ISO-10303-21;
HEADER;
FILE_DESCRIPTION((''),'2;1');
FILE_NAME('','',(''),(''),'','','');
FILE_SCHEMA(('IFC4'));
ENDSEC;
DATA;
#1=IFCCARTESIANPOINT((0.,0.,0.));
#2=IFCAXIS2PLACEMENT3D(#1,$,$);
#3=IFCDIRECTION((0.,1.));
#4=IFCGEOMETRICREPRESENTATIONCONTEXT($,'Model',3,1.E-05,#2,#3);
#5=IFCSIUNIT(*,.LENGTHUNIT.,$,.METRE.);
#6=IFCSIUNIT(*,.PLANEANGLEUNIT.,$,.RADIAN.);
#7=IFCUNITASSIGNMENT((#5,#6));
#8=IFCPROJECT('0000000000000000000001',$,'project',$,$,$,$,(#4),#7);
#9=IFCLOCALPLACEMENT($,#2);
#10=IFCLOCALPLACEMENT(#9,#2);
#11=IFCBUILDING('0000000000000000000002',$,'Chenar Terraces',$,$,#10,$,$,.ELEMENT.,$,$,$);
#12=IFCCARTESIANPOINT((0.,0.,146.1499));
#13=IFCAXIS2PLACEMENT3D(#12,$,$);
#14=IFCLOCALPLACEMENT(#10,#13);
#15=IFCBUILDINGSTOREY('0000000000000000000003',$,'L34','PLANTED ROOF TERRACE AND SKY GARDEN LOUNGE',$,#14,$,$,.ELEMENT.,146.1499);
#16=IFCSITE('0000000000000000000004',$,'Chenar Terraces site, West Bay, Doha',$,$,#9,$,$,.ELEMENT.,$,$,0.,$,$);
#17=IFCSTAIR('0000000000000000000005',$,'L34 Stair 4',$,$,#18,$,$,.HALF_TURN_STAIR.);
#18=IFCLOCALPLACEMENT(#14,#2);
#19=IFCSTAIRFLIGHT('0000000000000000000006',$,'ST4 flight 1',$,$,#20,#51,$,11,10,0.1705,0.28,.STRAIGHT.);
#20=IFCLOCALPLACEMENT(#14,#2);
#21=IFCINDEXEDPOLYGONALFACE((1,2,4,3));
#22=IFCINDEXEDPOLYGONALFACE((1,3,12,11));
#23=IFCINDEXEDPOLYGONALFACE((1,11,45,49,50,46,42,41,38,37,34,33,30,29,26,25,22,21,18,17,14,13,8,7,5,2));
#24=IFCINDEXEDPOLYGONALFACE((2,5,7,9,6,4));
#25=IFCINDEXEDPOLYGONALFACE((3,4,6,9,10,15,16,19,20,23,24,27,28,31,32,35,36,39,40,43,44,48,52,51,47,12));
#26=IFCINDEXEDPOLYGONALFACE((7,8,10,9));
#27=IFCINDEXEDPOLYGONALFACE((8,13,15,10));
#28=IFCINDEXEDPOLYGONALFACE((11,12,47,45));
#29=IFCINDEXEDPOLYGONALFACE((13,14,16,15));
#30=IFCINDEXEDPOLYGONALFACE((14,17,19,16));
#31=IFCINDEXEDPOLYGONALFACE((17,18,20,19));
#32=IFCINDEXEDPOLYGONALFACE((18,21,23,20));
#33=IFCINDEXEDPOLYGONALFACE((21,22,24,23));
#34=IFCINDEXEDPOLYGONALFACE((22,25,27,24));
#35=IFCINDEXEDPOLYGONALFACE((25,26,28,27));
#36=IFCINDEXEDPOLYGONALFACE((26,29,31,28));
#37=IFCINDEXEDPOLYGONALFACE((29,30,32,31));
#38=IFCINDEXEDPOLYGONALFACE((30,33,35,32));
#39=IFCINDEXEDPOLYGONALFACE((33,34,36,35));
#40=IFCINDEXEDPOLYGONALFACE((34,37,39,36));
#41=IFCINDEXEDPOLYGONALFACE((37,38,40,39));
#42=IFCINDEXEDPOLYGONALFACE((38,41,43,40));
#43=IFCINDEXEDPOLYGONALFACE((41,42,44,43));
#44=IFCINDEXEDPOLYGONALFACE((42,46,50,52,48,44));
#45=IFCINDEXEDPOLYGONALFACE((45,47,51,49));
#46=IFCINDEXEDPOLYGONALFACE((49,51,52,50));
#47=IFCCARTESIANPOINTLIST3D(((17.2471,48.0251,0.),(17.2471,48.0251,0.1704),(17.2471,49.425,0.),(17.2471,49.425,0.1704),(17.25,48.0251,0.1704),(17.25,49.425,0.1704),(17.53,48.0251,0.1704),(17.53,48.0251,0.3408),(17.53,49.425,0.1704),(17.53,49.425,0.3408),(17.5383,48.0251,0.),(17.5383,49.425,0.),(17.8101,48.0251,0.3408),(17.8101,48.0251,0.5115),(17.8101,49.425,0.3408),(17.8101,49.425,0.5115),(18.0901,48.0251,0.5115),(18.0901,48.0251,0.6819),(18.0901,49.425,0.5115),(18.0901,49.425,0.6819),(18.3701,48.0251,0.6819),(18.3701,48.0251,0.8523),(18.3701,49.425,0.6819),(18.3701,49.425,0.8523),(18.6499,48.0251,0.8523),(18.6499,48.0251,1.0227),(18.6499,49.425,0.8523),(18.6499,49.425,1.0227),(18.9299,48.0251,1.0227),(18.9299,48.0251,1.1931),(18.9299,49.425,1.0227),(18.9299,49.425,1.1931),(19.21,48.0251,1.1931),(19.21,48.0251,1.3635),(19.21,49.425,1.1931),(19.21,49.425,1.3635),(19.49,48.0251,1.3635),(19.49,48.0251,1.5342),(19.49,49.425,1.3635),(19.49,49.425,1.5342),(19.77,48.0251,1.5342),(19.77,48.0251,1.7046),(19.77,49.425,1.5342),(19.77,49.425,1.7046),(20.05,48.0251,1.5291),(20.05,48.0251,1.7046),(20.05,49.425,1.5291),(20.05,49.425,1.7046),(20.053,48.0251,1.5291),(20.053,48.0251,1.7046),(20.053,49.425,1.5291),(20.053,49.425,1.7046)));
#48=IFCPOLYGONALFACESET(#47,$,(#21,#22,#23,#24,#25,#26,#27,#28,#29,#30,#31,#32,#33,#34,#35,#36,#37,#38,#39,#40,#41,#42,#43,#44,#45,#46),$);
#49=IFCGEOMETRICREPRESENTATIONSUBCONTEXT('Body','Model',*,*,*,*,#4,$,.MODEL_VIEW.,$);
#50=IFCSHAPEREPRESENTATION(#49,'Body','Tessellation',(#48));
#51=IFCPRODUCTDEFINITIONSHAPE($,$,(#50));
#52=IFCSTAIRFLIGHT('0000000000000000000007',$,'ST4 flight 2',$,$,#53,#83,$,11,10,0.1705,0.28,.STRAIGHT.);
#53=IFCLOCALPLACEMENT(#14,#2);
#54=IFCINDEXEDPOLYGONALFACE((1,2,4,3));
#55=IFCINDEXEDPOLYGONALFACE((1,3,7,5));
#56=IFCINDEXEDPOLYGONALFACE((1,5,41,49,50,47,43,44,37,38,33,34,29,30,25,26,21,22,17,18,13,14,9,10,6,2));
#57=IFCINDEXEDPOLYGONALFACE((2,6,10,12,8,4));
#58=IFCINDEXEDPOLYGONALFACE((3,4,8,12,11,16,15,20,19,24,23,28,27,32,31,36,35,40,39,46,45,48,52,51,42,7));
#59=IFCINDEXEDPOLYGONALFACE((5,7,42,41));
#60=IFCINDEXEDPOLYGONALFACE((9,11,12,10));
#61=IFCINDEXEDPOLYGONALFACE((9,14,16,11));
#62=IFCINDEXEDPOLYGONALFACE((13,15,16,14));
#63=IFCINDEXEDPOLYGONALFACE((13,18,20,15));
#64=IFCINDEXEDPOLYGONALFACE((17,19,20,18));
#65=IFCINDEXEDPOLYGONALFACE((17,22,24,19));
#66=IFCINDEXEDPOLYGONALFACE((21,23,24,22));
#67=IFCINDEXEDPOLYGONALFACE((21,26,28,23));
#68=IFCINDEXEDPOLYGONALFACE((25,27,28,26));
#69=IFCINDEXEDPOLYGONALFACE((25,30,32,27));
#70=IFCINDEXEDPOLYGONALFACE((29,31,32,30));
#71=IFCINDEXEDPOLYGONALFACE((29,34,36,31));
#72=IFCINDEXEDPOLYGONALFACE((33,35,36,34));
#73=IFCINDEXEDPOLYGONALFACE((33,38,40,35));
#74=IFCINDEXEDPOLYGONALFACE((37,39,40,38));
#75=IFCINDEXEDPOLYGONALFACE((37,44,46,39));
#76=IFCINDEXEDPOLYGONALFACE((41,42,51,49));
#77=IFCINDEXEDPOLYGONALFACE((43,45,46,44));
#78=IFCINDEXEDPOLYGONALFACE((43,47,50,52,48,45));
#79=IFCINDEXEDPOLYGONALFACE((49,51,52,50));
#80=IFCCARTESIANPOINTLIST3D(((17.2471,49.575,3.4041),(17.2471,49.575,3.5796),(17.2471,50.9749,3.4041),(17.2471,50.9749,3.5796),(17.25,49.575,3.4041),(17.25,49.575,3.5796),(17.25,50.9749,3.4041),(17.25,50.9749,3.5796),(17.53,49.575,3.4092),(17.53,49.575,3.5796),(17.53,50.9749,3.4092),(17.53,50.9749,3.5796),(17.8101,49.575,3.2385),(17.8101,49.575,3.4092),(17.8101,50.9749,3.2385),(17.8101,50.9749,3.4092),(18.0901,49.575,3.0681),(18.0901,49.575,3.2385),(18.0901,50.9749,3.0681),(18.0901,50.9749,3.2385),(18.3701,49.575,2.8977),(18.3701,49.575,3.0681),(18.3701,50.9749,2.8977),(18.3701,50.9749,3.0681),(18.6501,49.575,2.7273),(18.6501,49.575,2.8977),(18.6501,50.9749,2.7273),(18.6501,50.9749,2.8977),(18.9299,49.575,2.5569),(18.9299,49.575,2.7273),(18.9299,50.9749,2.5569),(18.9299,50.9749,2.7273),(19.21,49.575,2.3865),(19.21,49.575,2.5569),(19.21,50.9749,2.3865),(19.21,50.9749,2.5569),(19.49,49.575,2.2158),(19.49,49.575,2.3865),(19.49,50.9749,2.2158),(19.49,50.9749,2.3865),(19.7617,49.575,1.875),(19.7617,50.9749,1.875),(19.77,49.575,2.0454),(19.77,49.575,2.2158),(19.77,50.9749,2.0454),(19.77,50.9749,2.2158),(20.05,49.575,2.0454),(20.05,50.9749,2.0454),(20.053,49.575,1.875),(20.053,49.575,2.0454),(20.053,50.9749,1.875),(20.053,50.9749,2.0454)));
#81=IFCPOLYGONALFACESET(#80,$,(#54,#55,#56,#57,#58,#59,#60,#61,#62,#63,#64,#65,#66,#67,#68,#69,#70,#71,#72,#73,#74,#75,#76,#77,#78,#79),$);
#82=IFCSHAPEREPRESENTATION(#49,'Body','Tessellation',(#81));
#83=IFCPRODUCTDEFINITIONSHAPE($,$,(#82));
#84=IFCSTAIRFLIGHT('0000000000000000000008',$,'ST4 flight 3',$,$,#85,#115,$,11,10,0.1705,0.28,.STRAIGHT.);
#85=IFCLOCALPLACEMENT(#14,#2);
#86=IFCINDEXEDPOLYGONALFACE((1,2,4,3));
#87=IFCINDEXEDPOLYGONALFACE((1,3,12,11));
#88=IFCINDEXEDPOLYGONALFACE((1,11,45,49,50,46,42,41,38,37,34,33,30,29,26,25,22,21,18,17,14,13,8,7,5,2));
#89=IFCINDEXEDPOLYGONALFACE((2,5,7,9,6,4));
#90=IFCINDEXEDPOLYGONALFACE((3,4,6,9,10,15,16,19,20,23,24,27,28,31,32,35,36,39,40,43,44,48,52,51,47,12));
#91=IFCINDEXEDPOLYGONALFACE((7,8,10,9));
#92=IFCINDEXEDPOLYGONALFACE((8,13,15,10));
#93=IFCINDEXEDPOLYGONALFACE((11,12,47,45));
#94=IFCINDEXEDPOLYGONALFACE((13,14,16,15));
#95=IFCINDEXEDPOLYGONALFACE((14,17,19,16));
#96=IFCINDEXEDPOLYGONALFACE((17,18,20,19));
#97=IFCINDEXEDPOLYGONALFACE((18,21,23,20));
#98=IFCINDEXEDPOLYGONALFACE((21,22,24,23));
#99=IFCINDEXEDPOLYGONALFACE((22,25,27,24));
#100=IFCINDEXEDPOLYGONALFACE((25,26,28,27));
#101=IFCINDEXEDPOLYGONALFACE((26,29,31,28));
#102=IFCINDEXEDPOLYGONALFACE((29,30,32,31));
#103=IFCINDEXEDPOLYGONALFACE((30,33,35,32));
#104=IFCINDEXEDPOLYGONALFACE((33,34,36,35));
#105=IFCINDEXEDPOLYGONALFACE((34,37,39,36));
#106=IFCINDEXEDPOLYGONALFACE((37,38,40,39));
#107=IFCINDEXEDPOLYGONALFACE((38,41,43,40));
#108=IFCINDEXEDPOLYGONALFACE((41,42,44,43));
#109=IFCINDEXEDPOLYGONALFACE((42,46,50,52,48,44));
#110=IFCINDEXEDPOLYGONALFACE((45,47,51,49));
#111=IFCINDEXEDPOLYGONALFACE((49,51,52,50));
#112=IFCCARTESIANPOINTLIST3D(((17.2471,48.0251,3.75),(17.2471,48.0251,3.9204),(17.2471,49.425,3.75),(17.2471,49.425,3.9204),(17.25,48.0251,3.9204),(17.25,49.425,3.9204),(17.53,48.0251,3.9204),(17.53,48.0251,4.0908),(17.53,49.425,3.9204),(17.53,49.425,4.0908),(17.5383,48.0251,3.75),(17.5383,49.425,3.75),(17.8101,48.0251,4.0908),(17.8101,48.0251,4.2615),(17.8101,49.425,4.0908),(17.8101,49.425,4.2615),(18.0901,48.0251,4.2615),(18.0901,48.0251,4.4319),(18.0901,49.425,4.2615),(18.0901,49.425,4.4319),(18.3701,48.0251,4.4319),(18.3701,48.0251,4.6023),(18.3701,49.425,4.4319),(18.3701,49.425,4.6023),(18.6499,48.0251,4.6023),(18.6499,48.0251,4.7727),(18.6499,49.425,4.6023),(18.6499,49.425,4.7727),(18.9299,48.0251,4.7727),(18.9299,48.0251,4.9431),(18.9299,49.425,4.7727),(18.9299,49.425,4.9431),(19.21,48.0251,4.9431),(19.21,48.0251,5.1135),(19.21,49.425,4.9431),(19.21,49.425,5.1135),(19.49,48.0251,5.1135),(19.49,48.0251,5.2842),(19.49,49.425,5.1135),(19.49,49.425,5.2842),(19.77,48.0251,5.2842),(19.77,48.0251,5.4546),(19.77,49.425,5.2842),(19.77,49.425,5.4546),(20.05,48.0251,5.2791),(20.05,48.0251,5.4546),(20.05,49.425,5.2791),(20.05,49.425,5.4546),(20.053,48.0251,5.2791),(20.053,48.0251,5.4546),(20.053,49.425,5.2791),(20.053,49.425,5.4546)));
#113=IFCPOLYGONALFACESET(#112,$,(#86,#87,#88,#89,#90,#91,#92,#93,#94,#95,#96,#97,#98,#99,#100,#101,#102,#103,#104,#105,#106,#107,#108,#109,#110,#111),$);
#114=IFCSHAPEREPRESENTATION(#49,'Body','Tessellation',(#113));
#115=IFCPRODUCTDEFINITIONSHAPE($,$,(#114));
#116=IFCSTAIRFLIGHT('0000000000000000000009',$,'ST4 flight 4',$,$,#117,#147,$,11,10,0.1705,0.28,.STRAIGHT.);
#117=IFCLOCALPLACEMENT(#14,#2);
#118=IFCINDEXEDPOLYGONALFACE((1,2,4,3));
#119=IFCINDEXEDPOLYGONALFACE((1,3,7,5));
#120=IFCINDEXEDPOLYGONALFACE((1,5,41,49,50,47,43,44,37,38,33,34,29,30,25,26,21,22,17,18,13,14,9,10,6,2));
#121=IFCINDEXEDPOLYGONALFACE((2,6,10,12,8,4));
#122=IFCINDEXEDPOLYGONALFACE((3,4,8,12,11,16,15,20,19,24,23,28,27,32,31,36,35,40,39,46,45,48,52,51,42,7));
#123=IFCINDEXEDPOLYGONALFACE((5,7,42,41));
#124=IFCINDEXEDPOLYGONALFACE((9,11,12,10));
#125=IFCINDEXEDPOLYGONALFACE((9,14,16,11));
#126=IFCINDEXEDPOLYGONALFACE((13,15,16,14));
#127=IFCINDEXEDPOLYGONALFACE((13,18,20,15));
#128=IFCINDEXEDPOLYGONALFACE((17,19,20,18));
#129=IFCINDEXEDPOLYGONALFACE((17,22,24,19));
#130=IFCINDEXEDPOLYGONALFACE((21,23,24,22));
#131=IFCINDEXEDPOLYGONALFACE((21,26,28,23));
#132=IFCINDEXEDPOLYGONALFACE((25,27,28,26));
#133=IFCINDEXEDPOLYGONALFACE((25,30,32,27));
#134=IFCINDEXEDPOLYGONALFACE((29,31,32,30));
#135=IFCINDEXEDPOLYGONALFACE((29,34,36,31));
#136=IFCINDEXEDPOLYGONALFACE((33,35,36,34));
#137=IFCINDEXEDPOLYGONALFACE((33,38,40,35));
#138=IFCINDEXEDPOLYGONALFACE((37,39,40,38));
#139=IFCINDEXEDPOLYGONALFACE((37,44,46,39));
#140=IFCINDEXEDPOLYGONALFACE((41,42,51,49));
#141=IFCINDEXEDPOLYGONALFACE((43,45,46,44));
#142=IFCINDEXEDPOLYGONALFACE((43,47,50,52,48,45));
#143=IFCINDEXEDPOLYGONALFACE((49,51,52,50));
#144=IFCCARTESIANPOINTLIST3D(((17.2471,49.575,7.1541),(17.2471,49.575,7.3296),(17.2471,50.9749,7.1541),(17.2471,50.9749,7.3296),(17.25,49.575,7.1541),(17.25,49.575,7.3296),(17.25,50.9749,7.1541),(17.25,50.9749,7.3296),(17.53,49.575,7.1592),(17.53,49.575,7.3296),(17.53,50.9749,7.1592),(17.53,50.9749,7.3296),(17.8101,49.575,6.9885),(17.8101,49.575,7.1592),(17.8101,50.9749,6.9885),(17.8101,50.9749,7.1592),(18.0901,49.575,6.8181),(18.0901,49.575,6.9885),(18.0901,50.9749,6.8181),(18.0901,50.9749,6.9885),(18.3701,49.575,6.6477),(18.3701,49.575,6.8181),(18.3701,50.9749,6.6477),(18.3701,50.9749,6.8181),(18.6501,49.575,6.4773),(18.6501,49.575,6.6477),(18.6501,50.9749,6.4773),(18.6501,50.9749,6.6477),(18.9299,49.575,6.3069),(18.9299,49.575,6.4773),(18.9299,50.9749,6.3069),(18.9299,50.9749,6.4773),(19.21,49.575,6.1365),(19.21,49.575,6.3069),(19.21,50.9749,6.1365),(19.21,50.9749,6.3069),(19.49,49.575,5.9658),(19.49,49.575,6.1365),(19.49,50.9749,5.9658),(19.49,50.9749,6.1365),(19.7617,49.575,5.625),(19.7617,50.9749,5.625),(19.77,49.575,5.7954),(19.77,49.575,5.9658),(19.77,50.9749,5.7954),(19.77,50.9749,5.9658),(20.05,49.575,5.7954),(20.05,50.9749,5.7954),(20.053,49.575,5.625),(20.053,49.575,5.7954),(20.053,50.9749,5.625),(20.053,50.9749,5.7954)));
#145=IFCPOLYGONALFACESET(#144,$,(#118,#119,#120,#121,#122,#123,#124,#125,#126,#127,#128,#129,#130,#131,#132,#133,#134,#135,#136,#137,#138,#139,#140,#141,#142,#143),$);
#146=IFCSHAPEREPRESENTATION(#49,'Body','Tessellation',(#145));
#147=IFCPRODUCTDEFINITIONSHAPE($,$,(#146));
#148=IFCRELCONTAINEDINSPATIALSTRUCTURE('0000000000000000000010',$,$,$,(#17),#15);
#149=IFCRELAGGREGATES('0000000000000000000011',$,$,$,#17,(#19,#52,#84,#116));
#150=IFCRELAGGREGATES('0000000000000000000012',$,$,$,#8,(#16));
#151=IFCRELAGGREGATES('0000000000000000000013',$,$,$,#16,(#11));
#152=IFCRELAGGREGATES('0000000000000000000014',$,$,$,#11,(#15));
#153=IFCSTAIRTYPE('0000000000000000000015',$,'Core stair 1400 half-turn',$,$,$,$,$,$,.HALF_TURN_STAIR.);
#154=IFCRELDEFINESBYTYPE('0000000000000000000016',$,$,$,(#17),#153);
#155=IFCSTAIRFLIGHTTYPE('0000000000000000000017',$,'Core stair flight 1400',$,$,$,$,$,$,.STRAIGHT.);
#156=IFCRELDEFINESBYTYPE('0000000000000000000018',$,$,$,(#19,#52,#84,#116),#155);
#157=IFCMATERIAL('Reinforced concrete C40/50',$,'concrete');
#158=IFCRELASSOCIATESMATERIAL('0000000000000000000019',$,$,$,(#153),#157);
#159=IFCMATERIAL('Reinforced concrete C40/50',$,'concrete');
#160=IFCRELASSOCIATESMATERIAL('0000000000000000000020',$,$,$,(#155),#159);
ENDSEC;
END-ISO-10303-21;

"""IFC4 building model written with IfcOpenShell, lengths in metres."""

from ifc_helpers import new_model, si_unit, direction, frame, origin, place, context, subcontext, project, spatial, polyline, outline, extrude, material, type_object, element, aggregate, save


model = new_model("IFC4")

# Units and contexts
model_context = context("Model", 3, precision=1e-05, world=origin(), true_north=direction((0.0, 1.0)))
body_context = subcontext(model_context, "Body", "Model", "MODEL_VIEW")
ifc_project = project(units=[si_unit("LENGTHUNIT", "METRE"), si_unit("PLANEANGLEUNIT", "RADIAN")], contexts=[model_context])

# Site, building, storey
site_placement = place(None, origin())
site = spatial("IfcSite", under=ifc_project, at=site_placement, Name="Chenar Terraces site, West Bay, Doha", CompositionType="ELEMENT", RefElevation=0.0)
building_placement = place(site_placement, origin())
building = spatial("IfcBuilding", under=site, at=building_placement, Name="Chenar Terraces", CompositionType="ELEMENT")
storey_placement = place(building_placement, frame((0.0, 0.0, 146.1499)))
storey = spatial("IfcBuildingStorey", under=building, at=storey_placement, Name="L34", Description="PLANTED ROOF TERRACE AND SKY GARDEN LOUNGE", CompositionType="ELEMENT", Elevation=146.1499)

# Shared definitions
placement = place(storey_placement, origin())

# Stair, stair flights
ifc_material_1 = material(Name="Reinforced concrete C40/50", Category="concrete")
stair_type = type_object("IfcStairType", Name="Core stair 1400 half-turn", PredefinedType="HALF_TURN_STAIR", material=ifc_material_1)
stair = element("IfcStair", 1, at=placement, inside=storey, type_object=stair_type, Name="L34 Stair 4", PredefinedType="HALF_TURN_STAIR")
ifc_material_2 = material(Name="Reinforced concrete C40/50", Category="concrete")
stair_flight_type = type_object("IfcStairFlightType", Name="Core stair flight 1400", PredefinedType="STRAIGHT", material=ifc_material_2)
stair_flight_1_placement = place(storey_placement, frame((17.25, 48.7251, 0.0), z_axis=(0.0, 0.0, 1.0), x_axis=(1.0, 0.0, 0.0)))
stair_flight_1 = element("IfcStairFlight", 2, at=stair_flight_1_placement, type_object=stair_flight_type, Name="ST4 flight 1", NumberOfRisers=11, NumberOfTreads=10, PredefinedType="STRAIGHT", RiserHeight=0.1705, TreadLength=0.28, context=body_context, shape_type="SweptSolid", body=[
    extrude(outline(polyline([(-0.0029, 0.0), (-0.0029, 0.1704), (0.0, 0.1704), (0.28, 0.1704), (0.28, 0.3408), (0.5601, 0.3408), (0.5601, 0.5115), (0.8401, 0.5115), (0.8401, 0.6819), (1.1201, 0.6819), (1.1201, 0.8523), (1.3999, 0.8523), (1.3999, 1.0227), (1.6799, 1.0227), (1.6799, 1.1931), (1.96, 1.1931), (1.96, 1.3635), (2.24, 1.3635), (2.24, 1.5342), (2.52, 1.5342), (2.52, 1.7046), (2.8, 1.7046), (2.803, 1.7046), (2.803, 1.5291), (2.8, 1.5291), (0.2883, 0.0), (-0.0029, 0.0)])), frame((0.0, 0.7, 0.0), z_axis=(0.0, -1.0, 0.0), x_axis=(1.0, 0.0, 0.0)), (0.0, 0.0, 1.0), 1.3999),
])
stair_flight_2_placement = place(storey_placement, frame((20.05, 50.2749, 1.875), z_axis=(0.0, 0.0, 1.0), x_axis=(-1.0, 0.0, 0.0)))
stair_flight_2 = element("IfcStairFlight", 3, at=stair_flight_2_placement, type_object=stair_flight_type, Name="ST4 flight 2", NumberOfRisers=11, NumberOfTreads=10, PredefinedType="STRAIGHT", RiserHeight=0.1705, TreadLength=0.28, context=body_context, shape_type="SweptSolid", body=[
    extrude(outline(polyline([(-0.0029, 0.0), (-0.0029, 0.1704), (0.0, 0.1704), (0.28, 0.1704), (0.28, 0.3408), (0.5601, 0.3408), (0.5601, 0.5115), (0.8401, 0.5115), (0.8401, 0.6819), (1.1201, 0.6819), (1.1201, 0.8523), (1.3999, 0.8523), (1.3999, 1.0227), (1.6799, 1.0227), (1.6799, 1.1931), (1.96, 1.1931), (1.96, 1.3635), (2.24, 1.3635), (2.24, 1.5342), (2.52, 1.5342), (2.52, 1.7046), (2.8, 1.7046), (2.803, 1.7046), (2.803, 1.5291), (2.8, 1.5291), (0.2883, 0.0), (-0.0029, 0.0)])), frame((0.0, 0.7, 0.0), z_axis=(0.0, -1.0, 0.0), x_axis=(1.0, 0.0, 0.0)), (0.0, 0.0, 1.0), 1.3999),
])
stair_flight_3_placement = place(storey_placement, frame((17.25, 48.7251, 3.75), z_axis=(0.0, 0.0, 1.0), x_axis=(1.0, 0.0, 0.0)))
stair_flight_3 = element("IfcStairFlight", 4, at=stair_flight_3_placement, type_object=stair_flight_type, Name="ST4 flight 3", NumberOfRisers=11, NumberOfTreads=10, PredefinedType="STRAIGHT", RiserHeight=0.1705, TreadLength=0.28, context=body_context, shape_type="SweptSolid", body=[
    extrude(outline(polyline([(-0.0029, 0.0), (-0.0029, 0.1704), (0.0, 0.1704), (0.28, 0.1704), (0.28, 0.3408), (0.5601, 0.3408), (0.5601, 0.5115), (0.8401, 0.5115), (0.8401, 0.6819), (1.1201, 0.6819), (1.1201, 0.8523), (1.3999, 0.8523), (1.3999, 1.0227), (1.6799, 1.0227), (1.6799, 1.1931), (1.96, 1.1931), (1.96, 1.3635), (2.24, 1.3635), (2.24, 1.5342), (2.52, 1.5342), (2.52, 1.7046), (2.8, 1.7046), (2.803, 1.7046), (2.803, 1.5291), (2.8, 1.5291), (0.2883, 0.0), (-0.0029, 0.0)])), frame((0.0, 0.7, 0.0), z_axis=(0.0, -1.0, 0.0), x_axis=(1.0, 0.0, 0.0)), (0.0, 0.0, 1.0), 1.3999),
])
stair_flight_4_placement = place(storey_placement, frame((20.05, 50.2749, 5.625), z_axis=(0.0, 0.0, 1.0), x_axis=(-1.0, 0.0, 0.0)))
stair_flight_4 = element("IfcStairFlight", 5, at=stair_flight_4_placement, type_object=stair_flight_type, Name="ST4 flight 4", NumberOfRisers=11, NumberOfTreads=10, PredefinedType="STRAIGHT", RiserHeight=0.1705, TreadLength=0.28, context=body_context, shape_type="SweptSolid", body=[
    extrude(outline(polyline([(-0.0029, 0.0), (-0.0029, 0.1704), (0.0, 0.1704), (0.28, 0.1704), (0.28, 0.3408), (0.5601, 0.3408), (0.5601, 0.5115), (0.8401, 0.5115), (0.8401, 0.6819), (1.1201, 0.6819), (1.1201, 0.8523), (1.3999, 0.8523), (1.3999, 1.0227), (1.6799, 1.0227), (1.6799, 1.1931), (1.96, 1.1931), (1.96, 1.3635), (2.24, 1.3635), (2.24, 1.5342), (2.52, 1.5342), (2.52, 1.7046), (2.8, 1.7046), (2.803, 1.7046), (2.803, 1.5291), (2.8, 1.5291), (0.2883, 0.0), (-0.0029, 0.0)])), frame((0.0, 0.7, 0.0), z_axis=(0.0, -1.0, 0.0), x_axis=(1.0, 0.0, 0.0)), (0.0, 0.0, 1.0), 1.3999),
])
aggregate(stair, [stair_flight_1, stair_flight_2, stair_flight_3, stair_flight_4])

save(model, "model.ifc")
